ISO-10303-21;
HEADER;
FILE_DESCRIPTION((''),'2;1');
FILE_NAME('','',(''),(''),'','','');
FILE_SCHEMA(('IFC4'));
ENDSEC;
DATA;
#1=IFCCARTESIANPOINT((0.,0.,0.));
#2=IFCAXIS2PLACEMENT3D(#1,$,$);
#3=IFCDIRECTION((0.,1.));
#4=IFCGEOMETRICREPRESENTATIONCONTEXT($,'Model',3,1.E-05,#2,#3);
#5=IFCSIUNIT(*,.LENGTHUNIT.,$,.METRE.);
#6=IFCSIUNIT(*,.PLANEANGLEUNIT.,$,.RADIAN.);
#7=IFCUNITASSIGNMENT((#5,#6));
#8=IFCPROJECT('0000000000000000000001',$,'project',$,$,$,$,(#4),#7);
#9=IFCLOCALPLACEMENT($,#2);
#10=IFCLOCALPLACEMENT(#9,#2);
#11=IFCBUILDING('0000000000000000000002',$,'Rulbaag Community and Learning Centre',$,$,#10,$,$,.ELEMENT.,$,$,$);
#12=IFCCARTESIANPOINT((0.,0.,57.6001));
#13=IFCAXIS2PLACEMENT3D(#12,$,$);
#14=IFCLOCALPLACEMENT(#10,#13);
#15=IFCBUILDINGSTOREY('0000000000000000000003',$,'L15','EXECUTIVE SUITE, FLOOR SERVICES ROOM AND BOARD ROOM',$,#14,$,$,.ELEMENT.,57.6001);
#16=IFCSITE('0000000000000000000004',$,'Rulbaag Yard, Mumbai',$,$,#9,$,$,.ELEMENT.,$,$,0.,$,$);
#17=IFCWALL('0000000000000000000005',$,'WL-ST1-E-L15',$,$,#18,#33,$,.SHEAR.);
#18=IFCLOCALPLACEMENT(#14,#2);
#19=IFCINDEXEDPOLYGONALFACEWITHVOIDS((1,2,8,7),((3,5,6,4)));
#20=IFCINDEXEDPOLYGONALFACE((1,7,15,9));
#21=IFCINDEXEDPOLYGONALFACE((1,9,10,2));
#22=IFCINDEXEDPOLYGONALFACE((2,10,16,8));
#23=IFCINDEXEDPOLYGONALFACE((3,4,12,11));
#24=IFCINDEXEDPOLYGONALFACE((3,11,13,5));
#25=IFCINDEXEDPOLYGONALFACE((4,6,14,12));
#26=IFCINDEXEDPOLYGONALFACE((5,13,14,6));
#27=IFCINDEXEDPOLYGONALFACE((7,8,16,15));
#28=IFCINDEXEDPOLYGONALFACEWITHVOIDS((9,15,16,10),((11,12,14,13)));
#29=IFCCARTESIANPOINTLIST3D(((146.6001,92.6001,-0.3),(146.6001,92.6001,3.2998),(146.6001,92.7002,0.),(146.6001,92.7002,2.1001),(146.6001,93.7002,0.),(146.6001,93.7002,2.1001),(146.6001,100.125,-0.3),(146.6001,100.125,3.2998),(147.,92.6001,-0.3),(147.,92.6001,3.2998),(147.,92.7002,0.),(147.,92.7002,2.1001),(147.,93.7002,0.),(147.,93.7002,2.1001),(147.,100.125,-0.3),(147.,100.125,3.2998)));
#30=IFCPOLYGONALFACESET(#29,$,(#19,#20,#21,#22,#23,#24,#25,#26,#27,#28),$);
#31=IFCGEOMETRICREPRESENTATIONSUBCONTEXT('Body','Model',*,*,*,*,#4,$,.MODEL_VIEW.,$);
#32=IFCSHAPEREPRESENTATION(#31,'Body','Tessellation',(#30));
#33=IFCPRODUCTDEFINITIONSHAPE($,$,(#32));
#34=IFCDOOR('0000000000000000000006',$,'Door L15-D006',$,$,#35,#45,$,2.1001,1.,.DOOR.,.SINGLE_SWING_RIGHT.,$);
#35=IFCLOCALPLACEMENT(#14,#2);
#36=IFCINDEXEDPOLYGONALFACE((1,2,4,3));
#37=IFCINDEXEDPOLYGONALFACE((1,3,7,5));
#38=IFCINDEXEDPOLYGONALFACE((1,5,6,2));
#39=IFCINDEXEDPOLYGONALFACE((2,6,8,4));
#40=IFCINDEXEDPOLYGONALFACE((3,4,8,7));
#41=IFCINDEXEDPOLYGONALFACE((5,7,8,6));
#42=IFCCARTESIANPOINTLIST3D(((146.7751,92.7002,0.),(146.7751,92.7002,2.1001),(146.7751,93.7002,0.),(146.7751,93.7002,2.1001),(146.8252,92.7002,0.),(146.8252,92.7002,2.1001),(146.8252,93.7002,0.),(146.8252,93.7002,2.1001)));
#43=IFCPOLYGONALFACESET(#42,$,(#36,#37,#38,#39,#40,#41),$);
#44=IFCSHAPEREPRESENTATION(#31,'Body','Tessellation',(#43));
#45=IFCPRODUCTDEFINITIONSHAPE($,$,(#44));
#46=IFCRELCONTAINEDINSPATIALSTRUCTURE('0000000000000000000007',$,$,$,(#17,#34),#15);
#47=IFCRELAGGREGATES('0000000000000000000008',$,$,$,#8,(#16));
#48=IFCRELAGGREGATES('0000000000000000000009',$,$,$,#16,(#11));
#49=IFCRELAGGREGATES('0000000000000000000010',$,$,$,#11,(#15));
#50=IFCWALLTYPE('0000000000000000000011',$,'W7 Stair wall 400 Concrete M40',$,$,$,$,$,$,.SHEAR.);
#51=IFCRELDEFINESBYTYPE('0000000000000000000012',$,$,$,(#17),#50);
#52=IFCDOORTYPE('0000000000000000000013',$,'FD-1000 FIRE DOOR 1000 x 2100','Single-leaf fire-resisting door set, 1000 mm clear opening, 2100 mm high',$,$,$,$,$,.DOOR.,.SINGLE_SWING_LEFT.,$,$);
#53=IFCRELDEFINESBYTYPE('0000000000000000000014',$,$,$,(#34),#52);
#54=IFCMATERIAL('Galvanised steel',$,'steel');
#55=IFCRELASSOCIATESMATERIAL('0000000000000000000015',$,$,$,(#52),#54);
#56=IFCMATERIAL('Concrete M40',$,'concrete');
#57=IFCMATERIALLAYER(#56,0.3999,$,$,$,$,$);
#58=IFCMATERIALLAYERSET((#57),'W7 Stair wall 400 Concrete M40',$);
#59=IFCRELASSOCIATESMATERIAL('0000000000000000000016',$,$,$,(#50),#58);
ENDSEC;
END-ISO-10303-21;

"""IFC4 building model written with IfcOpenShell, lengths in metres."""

from ifc_helpers import new_model, si_unit, direction, frame, frame_2d, origin, place, context, subcontext, project, spatial, rectangle, extrude, material, layer, layer_set, type_object, element, fill, save


model = new_model("IFC4")

# Units and contexts
model_context = context("Model", 3, precision=1e-05, world=origin(), true_north=direction((0.0, 1.0)))
body_context = subcontext(model_context, "Body", "Model", "MODEL_VIEW")
ifc_project = project(units=[si_unit("LENGTHUNIT", "METRE"), si_unit("PLANEANGLEUNIT", "RADIAN")], contexts=[model_context])

# Site, building, storey
site_placement = place(None, origin())
site = spatial("IfcSite", under=ifc_project, at=site_placement, Name="Rulbaag Yard, Mumbai", CompositionType="ELEMENT", RefElevation=0.0)
building_placement = place(site_placement, origin())
building = spatial("IfcBuilding", under=site, at=building_placement, Name="Rulbaag Community and Learning Centre", CompositionType="ELEMENT")
storey_placement = place(building_placement, frame((0.0, 0.0, 57.6001)))
storey = spatial("IfcBuildingStorey", under=building, at=storey_placement, Name="L15", Description="EXECUTIVE SUITE, FLOOR SERVICES ROOM AND BOARD ROOM", CompositionType="ELEMENT", Elevation=57.6001)

# Shared definitions
ifc_material_1 = material(Name="Concrete M40", Category="concrete")

# Shared definitions
ifc_material_2 = material(Name="Galvanised steel", Category="steel")
door_type_1 = type_object("IfcDoorType", Name="FD-1000 FIRE DOOR 1000 x 2100", Description="Single-leaf fire-resisting door set, 1000 mm clear opening, 2100 mm high", OperationType="SINGLE_SWING_LEFT", PredefinedType="DOOR", material=ifc_material_2)

# Wall, opening, door
ifc_layer_1 = layer(ifc_material_1, 0.3999)
ifc_layer_set_1 = layer_set([ifc_layer_1], Name="W7 Stair wall 400 Concrete M40")
wall_type_1 = type_object("IfcWallType", Name="W7 Stair wall 400 Concrete M40", PredefinedType="SHEAR", material=ifc_layer_set_1)
wall_1_placement = place(storey_placement, frame((146.8, 92.6001, -0.3), z_axis=(0.0, 0.0, 1.0), x_axis=(0.0, 1.0, 0.0)))
wall_1 = element("IfcWall", 1, at=wall_1_placement, inside=storey, type_object=wall_type_1, Name="WL-ST1-E-L15", PredefinedType="SHEAR", context=body_context, shape_type="SweptSolid", body=[
    extrude(rectangle(XDim=7.5249, YDim=0.3999, at=frame_2d((3.7625, 0.0))), origin(), (0.0, 0.0, 1.0), 3.5999),
])
opening_1_placement = place(wall_1_placement, frame((0.1001, 0.0, 0.3)))
opening_1 = element("IfcOpeningElement", 2, at=opening_1_placement, cuts=wall_1, PredefinedType="OPENING", context=body_context, shape_type="SweptSolid", body=[
    extrude(rectangle(XDim=1.0, YDim=2.1001, at=frame_2d((0.5, 1.05))), frame((0.0, 0.21, 0.0), z_axis=(0.0, -1.0, 0.0), x_axis=(1.0, 0.0, 0.0)), (0.0, 0.0, 1.0), 0.4199),
])
door_1_placement = place(opening_1_placement, origin())
door_1 = element("IfcDoor", 3, at=door_1_placement, inside=storey, type_object=door_type_1, Name="Door L15-D006", OperationType="SINGLE_SWING_RIGHT", OverallHeight=2.1001, OverallWidth=1.0, PredefinedType="DOOR", context=body_context, shape_type="SweptSolid", body=[
    extrude(rectangle(XDim=1.0, YDim=2.1001, at=frame_2d((0.5, 1.05))), frame((0.0, 0.0249, 0.0), z_axis=(0.0, -1.0, 0.0), x_axis=(1.0, 0.0, 0.0)), (0.0, 0.0, 1.0), 0.05),
])
fill(opening_1, door_1)

save(model, "model.ifc")
